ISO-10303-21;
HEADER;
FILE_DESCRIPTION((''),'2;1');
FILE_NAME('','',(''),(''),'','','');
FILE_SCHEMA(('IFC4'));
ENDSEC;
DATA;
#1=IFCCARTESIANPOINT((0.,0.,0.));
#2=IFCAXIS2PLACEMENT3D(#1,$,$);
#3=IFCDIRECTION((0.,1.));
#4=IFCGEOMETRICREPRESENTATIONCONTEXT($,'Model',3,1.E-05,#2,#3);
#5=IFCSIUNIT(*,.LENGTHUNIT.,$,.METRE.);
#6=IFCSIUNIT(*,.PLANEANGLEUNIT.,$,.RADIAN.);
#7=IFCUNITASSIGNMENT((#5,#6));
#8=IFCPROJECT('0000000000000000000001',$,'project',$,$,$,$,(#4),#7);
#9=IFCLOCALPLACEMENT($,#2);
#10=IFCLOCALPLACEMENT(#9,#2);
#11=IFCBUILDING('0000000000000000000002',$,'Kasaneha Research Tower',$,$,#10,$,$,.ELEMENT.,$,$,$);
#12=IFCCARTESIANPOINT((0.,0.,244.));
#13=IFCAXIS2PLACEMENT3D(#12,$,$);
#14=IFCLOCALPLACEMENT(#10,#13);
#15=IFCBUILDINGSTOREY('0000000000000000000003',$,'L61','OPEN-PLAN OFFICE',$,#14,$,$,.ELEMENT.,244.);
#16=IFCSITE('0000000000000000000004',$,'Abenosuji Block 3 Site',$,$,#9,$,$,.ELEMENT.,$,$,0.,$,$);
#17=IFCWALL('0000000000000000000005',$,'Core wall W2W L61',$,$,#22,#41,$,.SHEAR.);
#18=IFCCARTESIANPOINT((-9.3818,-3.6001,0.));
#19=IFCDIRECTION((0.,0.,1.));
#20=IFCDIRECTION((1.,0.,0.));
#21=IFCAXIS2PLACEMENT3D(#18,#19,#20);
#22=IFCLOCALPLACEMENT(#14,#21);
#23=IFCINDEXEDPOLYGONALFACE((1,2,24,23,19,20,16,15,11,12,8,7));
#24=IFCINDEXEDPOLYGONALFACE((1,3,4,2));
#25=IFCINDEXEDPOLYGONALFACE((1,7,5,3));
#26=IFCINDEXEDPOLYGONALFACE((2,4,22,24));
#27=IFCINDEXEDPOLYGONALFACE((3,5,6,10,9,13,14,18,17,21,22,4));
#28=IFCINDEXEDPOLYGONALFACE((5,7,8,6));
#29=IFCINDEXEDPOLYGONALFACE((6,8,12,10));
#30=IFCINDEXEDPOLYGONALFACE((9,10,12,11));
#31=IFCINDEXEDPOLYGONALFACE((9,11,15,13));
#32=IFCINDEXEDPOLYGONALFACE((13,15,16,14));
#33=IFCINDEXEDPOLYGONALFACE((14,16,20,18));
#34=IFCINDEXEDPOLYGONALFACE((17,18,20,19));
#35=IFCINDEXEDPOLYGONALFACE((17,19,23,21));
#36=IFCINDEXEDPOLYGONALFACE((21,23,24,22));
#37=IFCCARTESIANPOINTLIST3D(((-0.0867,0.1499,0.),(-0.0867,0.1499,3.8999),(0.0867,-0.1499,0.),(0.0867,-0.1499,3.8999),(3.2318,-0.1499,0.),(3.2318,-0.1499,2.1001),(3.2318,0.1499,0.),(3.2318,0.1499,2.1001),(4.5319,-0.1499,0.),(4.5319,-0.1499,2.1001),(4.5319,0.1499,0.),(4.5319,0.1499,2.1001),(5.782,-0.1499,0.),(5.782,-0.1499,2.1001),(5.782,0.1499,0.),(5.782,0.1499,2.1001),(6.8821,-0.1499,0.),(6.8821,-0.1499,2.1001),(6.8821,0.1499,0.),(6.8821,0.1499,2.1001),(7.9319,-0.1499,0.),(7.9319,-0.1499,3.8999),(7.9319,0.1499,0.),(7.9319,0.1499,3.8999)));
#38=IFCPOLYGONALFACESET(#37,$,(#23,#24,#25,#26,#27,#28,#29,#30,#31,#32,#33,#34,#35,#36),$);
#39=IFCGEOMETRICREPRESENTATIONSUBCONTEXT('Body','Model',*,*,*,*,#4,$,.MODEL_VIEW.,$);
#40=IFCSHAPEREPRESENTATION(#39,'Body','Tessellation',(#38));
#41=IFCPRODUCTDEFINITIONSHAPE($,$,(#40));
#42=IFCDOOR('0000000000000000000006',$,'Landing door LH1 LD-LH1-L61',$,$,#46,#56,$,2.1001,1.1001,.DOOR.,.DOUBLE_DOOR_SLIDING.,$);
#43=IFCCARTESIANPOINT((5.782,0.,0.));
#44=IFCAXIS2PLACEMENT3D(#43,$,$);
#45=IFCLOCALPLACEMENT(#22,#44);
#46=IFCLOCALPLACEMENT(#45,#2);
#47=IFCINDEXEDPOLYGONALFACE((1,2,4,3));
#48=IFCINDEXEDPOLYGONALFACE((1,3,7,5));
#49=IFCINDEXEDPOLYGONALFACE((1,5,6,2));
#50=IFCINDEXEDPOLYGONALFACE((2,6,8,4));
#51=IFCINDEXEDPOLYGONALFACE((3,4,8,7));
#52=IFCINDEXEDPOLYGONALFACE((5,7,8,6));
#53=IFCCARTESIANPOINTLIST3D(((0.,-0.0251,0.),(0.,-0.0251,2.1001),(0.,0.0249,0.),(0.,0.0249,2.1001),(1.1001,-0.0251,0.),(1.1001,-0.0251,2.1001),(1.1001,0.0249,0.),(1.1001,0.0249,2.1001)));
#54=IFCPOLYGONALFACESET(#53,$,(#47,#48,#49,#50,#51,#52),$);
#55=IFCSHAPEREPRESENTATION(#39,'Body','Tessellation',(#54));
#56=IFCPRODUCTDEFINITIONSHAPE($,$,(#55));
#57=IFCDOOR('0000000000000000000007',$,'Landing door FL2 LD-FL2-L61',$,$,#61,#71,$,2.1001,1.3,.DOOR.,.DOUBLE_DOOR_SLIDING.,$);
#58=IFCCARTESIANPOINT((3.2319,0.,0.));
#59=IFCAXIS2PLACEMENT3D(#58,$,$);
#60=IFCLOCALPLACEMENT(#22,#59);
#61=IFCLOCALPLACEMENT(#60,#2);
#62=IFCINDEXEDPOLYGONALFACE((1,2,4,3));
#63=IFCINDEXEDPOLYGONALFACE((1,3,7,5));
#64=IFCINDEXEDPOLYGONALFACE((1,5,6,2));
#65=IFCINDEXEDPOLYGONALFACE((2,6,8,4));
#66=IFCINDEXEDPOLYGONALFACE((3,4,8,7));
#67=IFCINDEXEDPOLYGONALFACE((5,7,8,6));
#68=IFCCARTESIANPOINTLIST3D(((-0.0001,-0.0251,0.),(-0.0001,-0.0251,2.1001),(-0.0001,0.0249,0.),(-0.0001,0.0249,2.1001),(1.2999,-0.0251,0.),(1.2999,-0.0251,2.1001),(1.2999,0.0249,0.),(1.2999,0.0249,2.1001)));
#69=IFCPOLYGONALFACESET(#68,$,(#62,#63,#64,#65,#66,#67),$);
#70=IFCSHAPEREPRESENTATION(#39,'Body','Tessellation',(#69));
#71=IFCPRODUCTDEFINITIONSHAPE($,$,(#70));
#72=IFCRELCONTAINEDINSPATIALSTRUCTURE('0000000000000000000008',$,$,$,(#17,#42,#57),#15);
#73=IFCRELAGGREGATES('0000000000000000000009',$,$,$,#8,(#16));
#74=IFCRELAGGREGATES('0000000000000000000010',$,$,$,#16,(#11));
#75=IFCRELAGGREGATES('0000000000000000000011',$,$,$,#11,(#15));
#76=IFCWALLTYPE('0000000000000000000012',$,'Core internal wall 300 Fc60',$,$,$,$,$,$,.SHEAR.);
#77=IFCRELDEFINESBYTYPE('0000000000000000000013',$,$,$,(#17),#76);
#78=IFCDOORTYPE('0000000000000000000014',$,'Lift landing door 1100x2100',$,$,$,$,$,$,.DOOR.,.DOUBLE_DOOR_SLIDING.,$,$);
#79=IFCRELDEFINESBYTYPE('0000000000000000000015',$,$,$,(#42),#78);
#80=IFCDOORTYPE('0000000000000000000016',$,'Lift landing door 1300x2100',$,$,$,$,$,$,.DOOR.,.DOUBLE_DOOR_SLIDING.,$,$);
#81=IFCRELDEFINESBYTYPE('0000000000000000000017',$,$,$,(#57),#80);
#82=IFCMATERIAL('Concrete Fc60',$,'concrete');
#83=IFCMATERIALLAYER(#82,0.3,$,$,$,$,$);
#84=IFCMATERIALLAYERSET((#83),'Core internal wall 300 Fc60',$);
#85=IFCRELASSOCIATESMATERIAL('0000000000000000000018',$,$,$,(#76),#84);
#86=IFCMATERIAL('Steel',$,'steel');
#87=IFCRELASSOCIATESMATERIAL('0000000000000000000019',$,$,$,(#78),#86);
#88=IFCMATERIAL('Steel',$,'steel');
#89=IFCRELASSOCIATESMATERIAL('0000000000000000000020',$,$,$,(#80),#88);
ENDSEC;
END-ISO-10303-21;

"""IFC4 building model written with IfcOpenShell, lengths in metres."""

from ifc_helpers import new_model, si_unit, direction, frame, frame_2d, origin, place, context, subcontext, project, spatial, polyline, rectangle, outline, extrude, material, layer, layer_set, type_object, element, fill, save


model = new_model("IFC4")

# Units and contexts
model_context = context("Model", 3, precision=1e-05, world=origin(), true_north=direction((0.0, 1.0)))
body_context = subcontext(model_context, "Body", "Model", "MODEL_VIEW")
ifc_project = project(units=[si_unit("LENGTHUNIT", "METRE"), si_unit("PLANEANGLEUNIT", "RADIAN")], contexts=[model_context])

# Site, building, storey
site_placement = place(None, origin())
site = spatial("IfcSite", under=ifc_project, at=site_placement, Name="Abenosuji Block 3 Site", CompositionType="ELEMENT", RefElevation=0.0)
building_placement = place(site_placement, origin())
building = spatial("IfcBuilding", under=site, at=building_placement, Name="Kasaneha Research Tower", CompositionType="ELEMENT")
storey_placement = place(building_placement, frame((0.0, 0.0, 244.0)))
storey = spatial("IfcBuildingStorey", under=building, at=storey_placement, Name="L61", Description="OPEN-PLAN OFFICE", CompositionType="ELEMENT", Elevation=244.0)

# Wall, openings, doors
ifc_material_1 = material(Name="Concrete Fc60", Category="concrete")
ifc_layer_1 = layer(ifc_material_1, 0.3)
ifc_layer_set_1 = layer_set([ifc_layer_1], Name="Core internal wall 300 Fc60")
wall_type_1 = type_object("IfcWallType", Name="Core internal wall 300 Fc60", PredefinedType="SHEAR", material=ifc_layer_set_1)
wall_1_placement = place(storey_placement, frame((-9.3818, -3.6001, 0.0), z_axis=(0.0, 0.0, 1.0), x_axis=(1.0, 0.0, 0.0)))
wall_1 = element("IfcWall", 1, at=wall_1_placement, inside=storey, type_object=wall_type_1, Name="Core wall W2W L61", PredefinedType="SHEAR", context=body_context, shape_type="SweptSolid", body=[
    extrude(outline(polyline([(0.0867, -0.1499), (3.2319, -0.1499), (4.532, -0.1499), (5.782, -0.1499), (6.8821, -0.1499), (7.9319, -0.1499), (7.9319, 0.1499), (6.8821, 0.1499), (5.782, 0.1499), (4.532, 0.1499), (3.2319, 0.1499), (-0.0867, 0.1499), (0.0867, -0.1499)])), origin(), (0.0, 0.0, 1.0), 3.8999),
])
opening_1_placement = place(wall_1_placement, frame((5.782, 0.0, 0.0)))
opening_1 = element("IfcOpeningElement", 2, at=opening_1_placement, cuts=wall_1, PredefinedType="OPENING", context=body_context, shape_type="SweptSolid", body=[
    extrude(rectangle(XDim=1.1001, YDim=2.1001, at=frame_2d((0.55, 1.05))), frame((0.0, 0.1602, 0.0), z_axis=(0.0, -1.0, 0.0), x_axis=(1.0, 0.0, 0.0)), (0.0, 0.0, 1.0), 0.3201),
])
opening_2_placement = place(wall_1_placement, frame((3.2319, 0.0, 0.0)))
opening_2 = element("IfcOpeningElement", 3, at=opening_2_placement, cuts=wall_1, PredefinedType="OPENING", context=body_context, shape_type="SweptSolid", body=[
    extrude(rectangle(XDim=1.3, YDim=2.1001, at=frame_2d((0.6499, 1.05))), frame((0.0, 0.1602, 0.0), z_axis=(0.0, -1.0, 0.0), x_axis=(1.0, 0.0, 0.0)), (0.0, 0.0, 1.0), 0.3201),
])
ifc_material_2 = material(Name="Steel", Category="steel")
door_type_1 = type_object("IfcDoorType", Name="Lift landing door 1100x2100", OperationType="DOUBLE_DOOR_SLIDING", PredefinedType="DOOR", material=ifc_material_2)
door_1_placement = place(opening_1_placement, origin())
door_1 = element("IfcDoor", 4, at=door_1_placement, inside=storey, type_object=door_type_1, Name="Landing door LH1 LD-LH1-L61", OperationType="DOUBLE_DOOR_SLIDING", OverallHeight=2.1001, OverallWidth=1.1001, PredefinedType="DOOR", context=body_context, shape_type="SweptSolid", body=[
    extrude(rectangle(XDim=1.1001, YDim=2.1001, at=frame_2d((0.55, 1.05))), frame((0.0, 0.0249, 0.0), z_axis=(0.0, -1.0, 0.0), x_axis=(1.0, 0.0, 0.0)), (0.0, 0.0, 1.0), 0.05),
])
fill(opening_1, door_1)
ifc_material_3 = material(Name="Steel", Category="steel")
door_type_2 = type_object("IfcDoorType", Name="Lift landing door 1300x2100", OperationType="DOUBLE_DOOR_SLIDING", PredefinedType="DOOR", material=ifc_material_3)
door_2_placement = place(opening_2_placement, origin())
door_2 = element("IfcDoor", 5, at=door_2_placement, inside=storey, type_object=door_type_2, Name="Landing door FL2 LD-FL2-L61", OperationType="DOUBLE_DOOR_SLIDING", OverallHeight=2.1001, OverallWidth=1.3, PredefinedType="DOOR", context=body_context, shape_type="SweptSolid", body=[
    extrude(rectangle(XDim=1.3, YDim=2.1001, at=frame_2d((0.6499, 1.05))), frame((0.0, 0.0249, 0.0), z_axis=(0.0, -1.0, 0.0), x_axis=(1.0, 0.0, 0.0)), (0.0, 0.0, 1.0), 0.05),
])
fill(opening_2, door_2)

save(model, "model.ifc")
